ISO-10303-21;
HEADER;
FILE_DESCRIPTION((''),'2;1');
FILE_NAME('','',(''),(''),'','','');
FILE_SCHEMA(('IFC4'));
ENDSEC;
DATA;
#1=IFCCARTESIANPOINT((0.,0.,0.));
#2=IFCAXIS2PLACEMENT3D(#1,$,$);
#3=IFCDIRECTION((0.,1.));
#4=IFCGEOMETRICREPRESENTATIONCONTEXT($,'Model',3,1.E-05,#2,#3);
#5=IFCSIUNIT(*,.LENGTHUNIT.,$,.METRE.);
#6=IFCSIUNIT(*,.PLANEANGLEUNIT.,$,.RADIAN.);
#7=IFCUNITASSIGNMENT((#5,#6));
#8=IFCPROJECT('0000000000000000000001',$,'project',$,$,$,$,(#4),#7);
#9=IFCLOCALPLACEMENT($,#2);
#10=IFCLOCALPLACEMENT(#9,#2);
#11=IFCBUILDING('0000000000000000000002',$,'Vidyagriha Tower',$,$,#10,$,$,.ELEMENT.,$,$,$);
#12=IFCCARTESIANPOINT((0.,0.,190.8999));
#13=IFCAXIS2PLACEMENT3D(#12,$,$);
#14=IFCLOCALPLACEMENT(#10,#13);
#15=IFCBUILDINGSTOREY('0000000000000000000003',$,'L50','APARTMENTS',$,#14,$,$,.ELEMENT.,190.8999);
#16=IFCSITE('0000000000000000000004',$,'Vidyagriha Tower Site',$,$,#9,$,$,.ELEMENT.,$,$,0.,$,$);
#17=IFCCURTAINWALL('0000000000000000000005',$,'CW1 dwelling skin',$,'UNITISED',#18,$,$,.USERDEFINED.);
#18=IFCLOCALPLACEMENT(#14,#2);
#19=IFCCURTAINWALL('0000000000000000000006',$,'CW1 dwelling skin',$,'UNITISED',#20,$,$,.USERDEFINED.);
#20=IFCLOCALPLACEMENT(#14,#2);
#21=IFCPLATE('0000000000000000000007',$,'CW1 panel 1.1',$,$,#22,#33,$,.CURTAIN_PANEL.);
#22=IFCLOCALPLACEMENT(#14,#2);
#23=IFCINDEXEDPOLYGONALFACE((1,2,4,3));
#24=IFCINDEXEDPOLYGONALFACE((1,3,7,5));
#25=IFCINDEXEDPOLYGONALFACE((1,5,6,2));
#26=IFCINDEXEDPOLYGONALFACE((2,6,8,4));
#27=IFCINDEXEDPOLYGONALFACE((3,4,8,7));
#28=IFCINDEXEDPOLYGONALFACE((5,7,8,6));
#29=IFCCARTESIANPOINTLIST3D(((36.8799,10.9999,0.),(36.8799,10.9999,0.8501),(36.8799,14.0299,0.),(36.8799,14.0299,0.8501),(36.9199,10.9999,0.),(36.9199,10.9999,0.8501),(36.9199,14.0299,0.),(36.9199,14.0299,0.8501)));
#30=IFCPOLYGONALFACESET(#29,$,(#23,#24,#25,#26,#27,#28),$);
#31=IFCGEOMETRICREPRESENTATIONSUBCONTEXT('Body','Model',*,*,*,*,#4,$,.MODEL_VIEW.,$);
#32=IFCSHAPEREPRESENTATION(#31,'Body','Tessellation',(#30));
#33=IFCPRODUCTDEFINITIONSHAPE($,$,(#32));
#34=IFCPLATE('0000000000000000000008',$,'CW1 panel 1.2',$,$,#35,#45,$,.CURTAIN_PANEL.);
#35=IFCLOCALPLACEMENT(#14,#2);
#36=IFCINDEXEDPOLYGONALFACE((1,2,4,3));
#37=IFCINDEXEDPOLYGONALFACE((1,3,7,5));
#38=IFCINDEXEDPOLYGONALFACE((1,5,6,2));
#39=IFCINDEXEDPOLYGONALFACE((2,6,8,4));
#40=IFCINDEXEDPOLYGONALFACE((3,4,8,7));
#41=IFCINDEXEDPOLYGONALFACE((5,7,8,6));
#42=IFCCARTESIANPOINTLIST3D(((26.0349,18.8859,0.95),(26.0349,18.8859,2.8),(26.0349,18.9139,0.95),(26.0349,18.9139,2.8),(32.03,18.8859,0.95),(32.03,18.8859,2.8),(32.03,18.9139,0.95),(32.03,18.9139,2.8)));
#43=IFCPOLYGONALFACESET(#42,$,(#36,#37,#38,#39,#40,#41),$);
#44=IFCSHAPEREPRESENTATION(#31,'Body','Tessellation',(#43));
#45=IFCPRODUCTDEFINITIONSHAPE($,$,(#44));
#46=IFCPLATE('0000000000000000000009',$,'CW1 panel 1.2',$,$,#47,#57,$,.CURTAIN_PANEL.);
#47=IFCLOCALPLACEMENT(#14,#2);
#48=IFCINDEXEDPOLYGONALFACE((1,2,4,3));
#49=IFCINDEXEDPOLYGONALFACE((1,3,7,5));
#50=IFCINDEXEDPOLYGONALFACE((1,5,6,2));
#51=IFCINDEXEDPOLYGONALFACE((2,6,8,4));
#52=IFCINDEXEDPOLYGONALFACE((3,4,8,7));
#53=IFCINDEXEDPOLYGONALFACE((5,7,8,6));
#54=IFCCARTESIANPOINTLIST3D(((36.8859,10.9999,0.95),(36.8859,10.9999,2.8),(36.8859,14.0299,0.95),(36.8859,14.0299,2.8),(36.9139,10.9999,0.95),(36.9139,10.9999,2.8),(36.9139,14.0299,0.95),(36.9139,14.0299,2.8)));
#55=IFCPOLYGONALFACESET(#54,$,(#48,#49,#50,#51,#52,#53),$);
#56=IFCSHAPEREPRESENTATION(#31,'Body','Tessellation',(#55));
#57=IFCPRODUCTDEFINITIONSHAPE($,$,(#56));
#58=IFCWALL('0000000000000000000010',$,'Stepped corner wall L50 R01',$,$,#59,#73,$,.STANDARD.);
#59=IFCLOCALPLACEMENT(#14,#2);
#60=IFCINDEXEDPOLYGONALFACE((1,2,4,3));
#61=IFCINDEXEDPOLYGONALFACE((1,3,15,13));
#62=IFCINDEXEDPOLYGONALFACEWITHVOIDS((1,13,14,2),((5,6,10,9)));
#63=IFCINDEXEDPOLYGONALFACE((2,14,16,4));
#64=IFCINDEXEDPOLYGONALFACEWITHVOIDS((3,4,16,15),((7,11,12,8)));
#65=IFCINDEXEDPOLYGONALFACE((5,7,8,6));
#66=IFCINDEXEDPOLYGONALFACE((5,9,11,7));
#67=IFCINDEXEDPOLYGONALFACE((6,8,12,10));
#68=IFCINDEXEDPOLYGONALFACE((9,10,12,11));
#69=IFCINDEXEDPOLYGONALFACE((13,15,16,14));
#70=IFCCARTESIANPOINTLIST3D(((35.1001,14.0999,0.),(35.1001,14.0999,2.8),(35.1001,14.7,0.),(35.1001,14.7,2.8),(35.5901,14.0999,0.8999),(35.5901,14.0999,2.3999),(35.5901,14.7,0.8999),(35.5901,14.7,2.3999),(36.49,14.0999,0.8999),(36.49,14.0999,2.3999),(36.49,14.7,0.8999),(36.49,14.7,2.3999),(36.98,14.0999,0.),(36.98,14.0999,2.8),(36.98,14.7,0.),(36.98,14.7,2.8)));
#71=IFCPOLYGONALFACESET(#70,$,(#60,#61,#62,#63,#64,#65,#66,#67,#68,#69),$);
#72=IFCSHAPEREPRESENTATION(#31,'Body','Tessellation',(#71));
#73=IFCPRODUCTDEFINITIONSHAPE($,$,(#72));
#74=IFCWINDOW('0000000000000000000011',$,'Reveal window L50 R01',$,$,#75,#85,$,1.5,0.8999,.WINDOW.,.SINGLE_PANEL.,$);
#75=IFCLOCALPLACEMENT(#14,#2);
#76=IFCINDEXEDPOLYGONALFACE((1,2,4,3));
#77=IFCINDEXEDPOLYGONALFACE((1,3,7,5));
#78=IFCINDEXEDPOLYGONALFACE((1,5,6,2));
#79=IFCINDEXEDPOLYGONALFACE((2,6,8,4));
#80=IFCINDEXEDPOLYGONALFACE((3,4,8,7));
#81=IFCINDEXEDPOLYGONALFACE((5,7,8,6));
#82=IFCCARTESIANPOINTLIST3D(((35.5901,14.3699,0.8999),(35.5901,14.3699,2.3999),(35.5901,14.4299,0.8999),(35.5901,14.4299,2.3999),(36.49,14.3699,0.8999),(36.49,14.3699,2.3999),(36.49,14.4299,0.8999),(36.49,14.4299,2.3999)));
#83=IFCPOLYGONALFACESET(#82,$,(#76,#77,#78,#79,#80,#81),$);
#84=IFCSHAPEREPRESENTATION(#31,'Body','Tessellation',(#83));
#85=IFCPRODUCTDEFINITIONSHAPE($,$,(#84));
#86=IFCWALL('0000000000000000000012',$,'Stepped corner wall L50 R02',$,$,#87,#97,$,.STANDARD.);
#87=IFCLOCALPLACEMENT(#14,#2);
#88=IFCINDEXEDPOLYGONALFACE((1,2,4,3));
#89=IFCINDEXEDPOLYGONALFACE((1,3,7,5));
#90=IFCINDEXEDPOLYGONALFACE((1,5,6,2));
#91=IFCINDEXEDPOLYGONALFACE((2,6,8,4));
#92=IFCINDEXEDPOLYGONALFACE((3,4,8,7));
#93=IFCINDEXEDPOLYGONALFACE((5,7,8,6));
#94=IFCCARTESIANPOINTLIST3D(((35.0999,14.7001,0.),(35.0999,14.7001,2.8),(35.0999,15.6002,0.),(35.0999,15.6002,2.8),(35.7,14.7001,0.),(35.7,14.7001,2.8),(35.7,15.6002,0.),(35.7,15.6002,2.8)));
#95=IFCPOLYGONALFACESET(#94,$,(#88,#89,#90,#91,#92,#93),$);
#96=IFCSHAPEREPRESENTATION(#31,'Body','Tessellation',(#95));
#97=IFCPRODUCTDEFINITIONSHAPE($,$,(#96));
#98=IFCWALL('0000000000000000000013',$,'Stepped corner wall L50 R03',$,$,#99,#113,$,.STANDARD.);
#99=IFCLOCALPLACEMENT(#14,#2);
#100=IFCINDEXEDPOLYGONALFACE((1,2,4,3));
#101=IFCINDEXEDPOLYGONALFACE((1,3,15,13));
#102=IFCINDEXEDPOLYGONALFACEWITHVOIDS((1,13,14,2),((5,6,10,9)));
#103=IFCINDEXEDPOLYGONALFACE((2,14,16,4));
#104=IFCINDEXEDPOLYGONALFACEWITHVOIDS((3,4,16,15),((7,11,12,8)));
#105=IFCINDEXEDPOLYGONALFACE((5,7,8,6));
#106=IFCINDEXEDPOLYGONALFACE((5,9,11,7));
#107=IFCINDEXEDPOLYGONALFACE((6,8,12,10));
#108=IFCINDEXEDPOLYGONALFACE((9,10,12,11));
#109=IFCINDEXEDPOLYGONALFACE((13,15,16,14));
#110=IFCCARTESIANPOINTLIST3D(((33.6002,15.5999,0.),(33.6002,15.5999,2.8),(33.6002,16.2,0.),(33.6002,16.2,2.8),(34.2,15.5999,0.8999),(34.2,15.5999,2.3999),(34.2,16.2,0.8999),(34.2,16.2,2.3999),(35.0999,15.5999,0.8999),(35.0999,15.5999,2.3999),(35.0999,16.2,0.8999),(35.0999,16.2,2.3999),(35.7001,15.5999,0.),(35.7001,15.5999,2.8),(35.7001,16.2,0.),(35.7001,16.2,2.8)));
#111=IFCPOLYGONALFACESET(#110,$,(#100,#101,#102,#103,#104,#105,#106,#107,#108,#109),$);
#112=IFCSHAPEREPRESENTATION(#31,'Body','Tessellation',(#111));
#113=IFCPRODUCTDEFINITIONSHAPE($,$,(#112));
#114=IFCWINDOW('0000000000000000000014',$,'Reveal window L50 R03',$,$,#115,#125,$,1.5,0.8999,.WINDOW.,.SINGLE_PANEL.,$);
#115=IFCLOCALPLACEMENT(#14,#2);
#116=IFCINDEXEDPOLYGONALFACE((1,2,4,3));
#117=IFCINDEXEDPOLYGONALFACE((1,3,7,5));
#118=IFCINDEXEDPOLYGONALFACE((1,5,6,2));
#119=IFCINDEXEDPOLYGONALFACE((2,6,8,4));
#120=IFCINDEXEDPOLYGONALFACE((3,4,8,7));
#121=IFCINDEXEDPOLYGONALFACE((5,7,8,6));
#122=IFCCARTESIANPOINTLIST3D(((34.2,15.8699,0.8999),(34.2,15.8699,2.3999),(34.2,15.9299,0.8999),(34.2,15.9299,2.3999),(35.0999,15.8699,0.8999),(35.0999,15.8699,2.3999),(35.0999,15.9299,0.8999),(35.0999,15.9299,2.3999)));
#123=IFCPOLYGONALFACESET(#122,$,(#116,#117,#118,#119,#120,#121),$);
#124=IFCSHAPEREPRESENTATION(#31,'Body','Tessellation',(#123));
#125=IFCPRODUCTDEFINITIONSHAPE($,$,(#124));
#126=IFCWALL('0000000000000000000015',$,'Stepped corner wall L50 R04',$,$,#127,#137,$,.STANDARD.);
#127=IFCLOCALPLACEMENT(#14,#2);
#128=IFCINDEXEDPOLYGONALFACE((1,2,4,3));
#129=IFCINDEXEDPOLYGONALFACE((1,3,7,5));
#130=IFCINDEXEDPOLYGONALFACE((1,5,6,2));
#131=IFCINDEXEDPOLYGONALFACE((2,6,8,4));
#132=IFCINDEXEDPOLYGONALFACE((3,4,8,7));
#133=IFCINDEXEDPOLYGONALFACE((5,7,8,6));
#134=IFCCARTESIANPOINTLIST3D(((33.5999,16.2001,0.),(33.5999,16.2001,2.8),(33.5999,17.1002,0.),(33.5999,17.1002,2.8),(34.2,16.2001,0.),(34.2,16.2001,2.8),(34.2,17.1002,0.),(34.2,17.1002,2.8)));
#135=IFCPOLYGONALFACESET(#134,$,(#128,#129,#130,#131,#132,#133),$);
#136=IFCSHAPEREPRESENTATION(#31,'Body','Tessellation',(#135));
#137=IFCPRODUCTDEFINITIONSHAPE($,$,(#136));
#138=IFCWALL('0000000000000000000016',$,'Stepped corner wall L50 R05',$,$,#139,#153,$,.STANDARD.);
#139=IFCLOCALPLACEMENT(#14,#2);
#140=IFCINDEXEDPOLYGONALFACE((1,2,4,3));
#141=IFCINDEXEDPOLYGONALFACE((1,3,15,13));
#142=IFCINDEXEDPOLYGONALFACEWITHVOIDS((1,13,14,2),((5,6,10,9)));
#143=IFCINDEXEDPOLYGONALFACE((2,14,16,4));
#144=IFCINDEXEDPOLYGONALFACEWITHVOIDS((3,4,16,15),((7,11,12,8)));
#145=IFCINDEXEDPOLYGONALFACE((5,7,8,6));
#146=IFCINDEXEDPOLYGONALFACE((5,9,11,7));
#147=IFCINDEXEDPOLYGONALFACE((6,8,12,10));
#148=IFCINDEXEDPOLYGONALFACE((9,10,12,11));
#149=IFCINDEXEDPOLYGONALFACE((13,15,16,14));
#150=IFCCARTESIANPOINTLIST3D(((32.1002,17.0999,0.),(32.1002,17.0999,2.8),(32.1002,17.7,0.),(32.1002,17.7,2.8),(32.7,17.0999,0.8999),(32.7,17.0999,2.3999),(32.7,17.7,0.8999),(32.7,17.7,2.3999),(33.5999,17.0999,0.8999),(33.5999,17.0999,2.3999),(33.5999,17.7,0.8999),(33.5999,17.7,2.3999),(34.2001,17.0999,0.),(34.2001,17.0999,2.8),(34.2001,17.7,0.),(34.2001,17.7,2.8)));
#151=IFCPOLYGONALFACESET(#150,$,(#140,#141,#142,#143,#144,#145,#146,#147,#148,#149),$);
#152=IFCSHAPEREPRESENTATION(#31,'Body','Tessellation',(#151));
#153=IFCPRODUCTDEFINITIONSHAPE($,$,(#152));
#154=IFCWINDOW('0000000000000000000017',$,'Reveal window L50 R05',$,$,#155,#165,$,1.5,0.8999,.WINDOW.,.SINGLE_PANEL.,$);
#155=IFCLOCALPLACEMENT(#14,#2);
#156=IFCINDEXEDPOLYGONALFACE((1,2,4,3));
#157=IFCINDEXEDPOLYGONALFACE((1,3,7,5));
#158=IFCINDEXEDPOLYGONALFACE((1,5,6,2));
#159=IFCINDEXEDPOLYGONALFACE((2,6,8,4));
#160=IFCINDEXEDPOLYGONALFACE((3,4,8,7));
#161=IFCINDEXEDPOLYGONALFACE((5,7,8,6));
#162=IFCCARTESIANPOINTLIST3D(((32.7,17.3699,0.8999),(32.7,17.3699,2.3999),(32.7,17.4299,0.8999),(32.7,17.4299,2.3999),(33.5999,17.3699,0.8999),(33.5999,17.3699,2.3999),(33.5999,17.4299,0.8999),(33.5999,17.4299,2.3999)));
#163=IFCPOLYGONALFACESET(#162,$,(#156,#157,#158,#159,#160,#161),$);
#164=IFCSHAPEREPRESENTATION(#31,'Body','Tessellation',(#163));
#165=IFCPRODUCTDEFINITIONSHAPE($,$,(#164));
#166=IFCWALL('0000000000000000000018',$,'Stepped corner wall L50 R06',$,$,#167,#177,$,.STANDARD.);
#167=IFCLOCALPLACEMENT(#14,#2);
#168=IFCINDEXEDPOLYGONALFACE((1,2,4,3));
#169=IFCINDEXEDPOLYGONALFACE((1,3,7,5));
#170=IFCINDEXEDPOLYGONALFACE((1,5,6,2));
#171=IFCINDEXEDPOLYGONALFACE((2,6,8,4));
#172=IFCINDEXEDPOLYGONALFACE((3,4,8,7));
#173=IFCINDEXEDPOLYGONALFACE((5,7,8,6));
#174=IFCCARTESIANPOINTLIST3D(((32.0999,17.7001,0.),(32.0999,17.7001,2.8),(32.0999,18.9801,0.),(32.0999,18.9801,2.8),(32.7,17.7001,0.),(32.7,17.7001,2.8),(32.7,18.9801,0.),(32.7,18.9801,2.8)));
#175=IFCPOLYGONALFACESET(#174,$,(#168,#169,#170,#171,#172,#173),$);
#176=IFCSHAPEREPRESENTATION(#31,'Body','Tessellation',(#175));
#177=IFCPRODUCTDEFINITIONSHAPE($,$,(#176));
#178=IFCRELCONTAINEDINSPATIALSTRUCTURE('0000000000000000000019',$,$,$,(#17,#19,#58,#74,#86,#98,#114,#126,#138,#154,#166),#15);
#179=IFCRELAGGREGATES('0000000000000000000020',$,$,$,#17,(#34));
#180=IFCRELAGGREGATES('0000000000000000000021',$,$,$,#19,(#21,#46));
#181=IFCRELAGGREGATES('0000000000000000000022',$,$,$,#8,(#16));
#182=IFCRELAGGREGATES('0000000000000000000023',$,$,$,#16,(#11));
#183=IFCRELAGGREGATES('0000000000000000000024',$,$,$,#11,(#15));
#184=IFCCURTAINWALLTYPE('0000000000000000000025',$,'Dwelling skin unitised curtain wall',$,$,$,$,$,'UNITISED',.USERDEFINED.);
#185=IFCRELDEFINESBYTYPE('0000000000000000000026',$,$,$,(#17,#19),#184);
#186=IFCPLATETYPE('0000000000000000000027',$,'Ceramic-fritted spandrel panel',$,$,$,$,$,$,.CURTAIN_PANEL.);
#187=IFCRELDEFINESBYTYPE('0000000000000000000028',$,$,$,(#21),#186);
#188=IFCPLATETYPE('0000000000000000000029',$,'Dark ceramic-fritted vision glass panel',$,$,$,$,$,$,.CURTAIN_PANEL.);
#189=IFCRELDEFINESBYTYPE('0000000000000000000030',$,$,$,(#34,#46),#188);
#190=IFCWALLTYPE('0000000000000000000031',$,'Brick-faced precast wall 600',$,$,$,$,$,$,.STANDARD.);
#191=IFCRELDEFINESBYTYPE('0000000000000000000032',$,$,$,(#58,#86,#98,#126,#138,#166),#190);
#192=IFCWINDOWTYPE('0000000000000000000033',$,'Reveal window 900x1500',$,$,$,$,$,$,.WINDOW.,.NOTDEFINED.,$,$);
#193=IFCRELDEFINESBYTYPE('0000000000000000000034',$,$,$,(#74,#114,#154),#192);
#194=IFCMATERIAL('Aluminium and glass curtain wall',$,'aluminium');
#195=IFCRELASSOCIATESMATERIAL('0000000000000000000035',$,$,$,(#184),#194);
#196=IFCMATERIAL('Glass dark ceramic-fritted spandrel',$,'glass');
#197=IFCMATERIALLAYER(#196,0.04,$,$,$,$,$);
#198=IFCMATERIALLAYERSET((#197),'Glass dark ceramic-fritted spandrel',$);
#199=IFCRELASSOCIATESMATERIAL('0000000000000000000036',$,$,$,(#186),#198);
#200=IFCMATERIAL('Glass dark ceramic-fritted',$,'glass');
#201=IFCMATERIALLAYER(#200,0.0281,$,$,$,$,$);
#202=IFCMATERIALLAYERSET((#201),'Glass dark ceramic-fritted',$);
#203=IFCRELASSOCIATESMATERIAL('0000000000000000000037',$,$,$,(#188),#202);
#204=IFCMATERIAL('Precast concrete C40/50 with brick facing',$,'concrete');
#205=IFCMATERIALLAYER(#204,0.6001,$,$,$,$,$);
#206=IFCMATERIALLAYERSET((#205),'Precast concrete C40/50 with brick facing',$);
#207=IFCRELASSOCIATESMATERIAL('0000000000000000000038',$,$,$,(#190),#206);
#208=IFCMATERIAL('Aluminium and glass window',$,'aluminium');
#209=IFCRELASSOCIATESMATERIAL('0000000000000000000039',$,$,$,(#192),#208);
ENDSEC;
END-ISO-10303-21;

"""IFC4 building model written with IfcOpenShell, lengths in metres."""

from ifc_helpers import new_model, si_unit, direction, frame, frame_2d, origin, origin_2d, place, context, subcontext, project, spatial, rectangle, extrude, material, layer, layer_set, type_object, element, fill, aggregate, save


model = new_model("IFC4")

# Units and contexts
model_context = context("Model", 3, precision=1e-05, world=origin(), true_north=direction((0.0, 1.0)))
body_context = subcontext(model_context, "Body", "Model", "MODEL_VIEW")
ifc_project = project(units=[si_unit("LENGTHUNIT", "METRE"), si_unit("PLANEANGLEUNIT", "RADIAN")], contexts=[model_context])

# Site, building, storey
site_placement = place(None, origin())
site = spatial("IfcSite", under=ifc_project, at=site_placement, Name="Vidyagriha Tower Site", CompositionType="ELEMENT", RefElevation=0.0)
building_placement = place(site_placement, origin())
building = spatial("IfcBuilding", under=site, at=building_placement, Name="Vidyagriha Tower", CompositionType="ELEMENT")
storey_placement = place(building_placement, frame((0.0, 0.0, 190.8999)))
storey = spatial("IfcBuildingStorey", under=building, at=storey_placement, Name="L50", Description="APARTMENTS", CompositionType="ELEMENT", Elevation=190.8999)

# Curtain wall
ifc_material_1 = material(Name="Aluminium and glass curtain wall", Category="aluminium")
curtain_wall_type = type_object("IfcCurtainWallType", Name="Dwelling skin unitised curtain wall", ElementType="UNITISED", PredefinedType="USERDEFINED", material=ifc_material_1)
curtain_wall_1_placement = place(storey_placement, origin())
curtain_wall_1 = element("IfcCurtainWall", 1, at=curtain_wall_1_placement, inside=storey, type_object=curtain_wall_type, Name="CW1 dwelling skin", ObjectType="UNITISED", PredefinedType="USERDEFINED")

# Curtain wall
curtain_wall_2_placement = place(storey_placement, origin())
curtain_wall_2 = element("IfcCurtainWall", 2, at=curtain_wall_2_placement, inside=storey, type_object=curtain_wall_type, Name="CW1 dwelling skin", ObjectType="UNITISED", PredefinedType="USERDEFINED")

# Plates
ifc_material_2 = material(Name="Glass dark ceramic-fritted spandrel", Category="glass")
ifc_layer_1 = layer(ifc_material_2, 0.04)
ifc_layer_set_1 = layer_set([ifc_layer_1], Name="Glass dark ceramic-fritted spandrel")
plate_type_1 = type_object("IfcPlateType", Name="Ceramic-fritted spandrel panel", PredefinedType="CURTAIN_PANEL", material=ifc_layer_set_1)
plate_1_placement = place(storey_placement, frame((36.8999, 12.5149, 0.0), z_axis=(0.0, 0.0, 1.0), x_axis=(0.0, 1.0, 0.0)))
plate_1 = element("IfcPlate", 3, at=plate_1_placement, type_object=plate_type_1, Name="CW1 panel 1.1", PredefinedType="CURTAIN_PANEL", context=body_context, shape_type="SweptSolid", body=[
    extrude(rectangle(XDim=3.03, YDim=0.04, at=origin_2d()), origin(), (0.0, 0.0, 1.0), 0.8501),
])
ifc_material_3 = material(Name="Glass dark ceramic-fritted", Category="glass")
ifc_layer_2 = layer(ifc_material_3, 0.0281)
ifc_layer_set_2 = layer_set([ifc_layer_2], Name="Glass dark ceramic-fritted")
plate_type_2 = type_object("IfcPlateType", Name="Dark ceramic-fritted vision glass panel", PredefinedType="CURTAIN_PANEL", material=ifc_layer_set_2)
plate_2_placement = place(storey_placement, frame((29.0325, 18.8999, 0.95), z_axis=(0.0, 0.0, 1.0), x_axis=(-1.0, 0.0, 0.0)))
plate_2 = element("IfcPlate", 4, at=plate_2_placement, type_object=plate_type_2, Name="CW1 panel 1.2", PredefinedType="CURTAIN_PANEL", context=body_context, shape_type="SweptSolid", body=[
    extrude(rectangle(XDim=5.9951, YDim=0.0281, at=origin_2d()), origin(), (0.0, 0.0, 1.0), 1.8501),
])
aggregate(curtain_wall_1, [plate_2])
plate_3_placement = place(storey_placement, frame((36.8999, 12.5149, 0.95), z_axis=(0.0, 0.0, 1.0), x_axis=(0.0, 1.0, 0.0)))
plate_3 = element("IfcPlate", 5, at=plate_3_placement, type_object=plate_type_2, Name="CW1 panel 1.2", PredefinedType="CURTAIN_PANEL", context=body_context, shape_type="SweptSolid", body=[
    extrude(rectangle(XDim=3.03, YDim=0.0281, at=origin_2d()), origin(), (0.0, 0.0, 1.0), 1.8501),
])
aggregate(curtain_wall_2, [plate_1, plate_3])

# Wall, opening, window
ifc_material_4 = material(Name="Precast concrete C40/50 with brick facing", Category="concrete")
ifc_layer_3 = layer(ifc_material_4, 0.6001)
ifc_layer_set_3 = layer_set([ifc_layer_3], Name="Precast concrete C40/50 with brick facing")
wall_type_1 = type_object("IfcWallType", Name="Brick-faced precast wall 600", PredefinedType="STANDARD", material=ifc_layer_set_3)
wall_1_placement = place(storey_placement, frame((36.98, 14.3999, 0.0), z_axis=(0.0, 0.0, 1.0), x_axis=(-1.0, 0.0, 0.0)))
wall_1 = element("IfcWall", 6, at=wall_1_placement, inside=storey, type_object=wall_type_1, Name="Stepped corner wall L50 R01", PredefinedType="STANDARD", context=body_context, shape_type="SweptSolid", body=[
    extrude(rectangle(XDim=1.8799, YDim=0.6001, at=frame_2d((0.9399, 0.0))), origin(), (0.0, 0.0, 1.0), 2.8),
])
opening_1_placement = place(wall_1_placement, frame((0.49, 0.0, 0.8999)))
opening_1 = element("IfcOpeningElement", 7, at=opening_1_placement, cuts=wall_1, PredefinedType="OPENING", context=body_context, shape_type="SweptSolid", body=[
    extrude(rectangle(XDim=0.8999, YDim=1.5, at=frame_2d((0.45, 0.75))), frame((0.0, 0.3101, 0.0), z_axis=(0.0, -1.0, 0.0), x_axis=(1.0, 0.0, 0.0)), (0.0, 0.0, 1.0), 0.6201),
])
ifc_material_5 = material(Name="Aluminium and glass window", Category="aluminium")
window_type = type_object("IfcWindowType", Name="Reveal window 900x1500", PartitioningType="NOTDEFINED", PredefinedType="WINDOW", material=ifc_material_5)
window_1_placement = place(opening_1_placement, origin())
window_1 = element("IfcWindow", 8, at=window_1_placement, inside=storey, type_object=window_type, Name="Reveal window L50 R01", OverallHeight=1.5, OverallWidth=0.8999, PartitioningType="SINGLE_PANEL", PredefinedType="WINDOW", context=body_context, shape_type="SweptSolid", body=[
    extrude(rectangle(XDim=0.8999, YDim=1.5, at=frame_2d((0.45, 0.75))), frame((0.0, 0.03, 0.0), z_axis=(0.0, -1.0, 0.0), x_axis=(1.0, 0.0, 0.0)), (0.0, 0.0, 1.0), 0.0601),
])
fill(opening_1, window_1)

# Wall
wall_2_placement = place(storey_placement, frame((35.3999, 14.7, 0.0), z_axis=(0.0, 0.0, 1.0), x_axis=(0.0, 1.0, 0.0)))
element("IfcWall", 9, at=wall_2_placement, inside=storey, type_object=wall_type_1, Name="Stepped corner wall L50 R02", PredefinedType="STANDARD", context=body_context, shape_type="SweptSolid", body=[
    extrude(rectangle(XDim=0.9001, YDim=0.6001, at=frame_2d((0.4502, 0.0))), origin(), (0.0, 0.0, 1.0), 2.8),
])

# Wall, opening, window
wall_3_placement = place(storey_placement, frame((35.7, 15.8999, 0.0), z_axis=(0.0, 0.0, 1.0), x_axis=(-1.0, 0.0, 0.0)))
wall_3 = element("IfcWall", 10, at=wall_3_placement, inside=storey, type_object=wall_type_1, Name="Stepped corner wall L50 R03", PredefinedType="STANDARD", context=body_context, shape_type="SweptSolid", body=[
    extrude(rectangle(XDim=2.0999, YDim=0.6001, at=frame_2d((1.0498, 0.0))), origin(), (0.0, 0.0, 1.0), 2.8),
])
opening_2_placement = place(wall_3_placement, frame((0.6001, 0.0, 0.8999)))
opening_2 = element("IfcOpeningElement", 11, at=opening_2_placement, cuts=wall_3, PredefinedType="OPENING", context=body_context, shape_type="SweptSolid", body=[
    extrude(rectangle(XDim=0.8999, YDim=1.5, at=frame_2d((0.45, 0.75))), frame((0.0, 0.3101, 0.0), z_axis=(0.0, -1.0, 0.0), x_axis=(1.0, 0.0, 0.0)), (0.0, 0.0, 1.0), 0.6201),
])
window_2_placement = place(opening_2_placement, origin())
window_2 = element("IfcWindow", 12, at=window_2_placement, inside=storey, type_object=window_type, Name="Reveal window L50 R03", OverallHeight=1.5, OverallWidth=0.8999, PartitioningType="SINGLE_PANEL", PredefinedType="WINDOW", context=body_context, shape_type="SweptSolid", body=[
    extrude(rectangle(XDim=0.8999, YDim=1.5, at=frame_2d((0.45, 0.75))), frame((0.0, 0.03, 0.0), z_axis=(0.0, -1.0, 0.0), x_axis=(1.0, 0.0, 0.0)), (0.0, 0.0, 1.0), 0.0601),
])
fill(opening_2, window_2)

# Wall
wall_4_placement = place(storey_placement, frame((33.8999, 16.2, 0.0), z_axis=(0.0, 0.0, 1.0), x_axis=(0.0, 1.0, 0.0)))
element("IfcWall", 13, at=wall_4_placement, inside=storey, type_object=wall_type_1, Name="Stepped corner wall L50 R04", PredefinedType="STANDARD", context=body_context, shape_type="SweptSolid", body=[
    extrude(rectangle(XDim=0.9001, YDim=0.6001, at=frame_2d((0.4502, 0.0))), origin(), (0.0, 0.0, 1.0), 2.8),
])

# Wall, opening, window
wall_5_placement = place(storey_placement, frame((34.2, 17.3999, 0.0), z_axis=(0.0, 0.0, 1.0), x_axis=(-1.0, 0.0, 0.0)))
wall_5 = element("IfcWall", 14, at=wall_5_placement, inside=storey, type_object=wall_type_1, Name="Stepped corner wall L50 R05", PredefinedType="STANDARD", context=body_context, shape_type="SweptSolid", body=[
    extrude(rectangle(XDim=2.0999, YDim=0.6001, at=frame_2d((1.0498, 0.0))), origin(), (0.0, 0.0, 1.0), 2.8),
])
opening_3_placement = place(wall_5_placement, frame((0.6001, 0.0, 0.8999)))
opening_3 = element("IfcOpeningElement", 15, at=opening_3_placement, cuts=wall_5, PredefinedType="OPENING", context=body_context, shape_type="SweptSolid", body=[
    extrude(rectangle(XDim=0.8999, YDim=1.5, at=frame_2d((0.45, 0.75))), frame((0.0, 0.3101, 0.0), z_axis=(0.0, -1.0, 0.0), x_axis=(1.0, 0.0, 0.0)), (0.0, 0.0, 1.0), 0.6201),
])
window_3_placement = place(opening_3_placement, origin())
window_3 = element("IfcWindow", 16, at=window_3_placement, inside=storey, type_object=window_type, Name="Reveal window L50 R05", OverallHeight=1.5, OverallWidth=0.8999, PartitioningType="SINGLE_PANEL", PredefinedType="WINDOW", context=body_context, shape_type="SweptSolid", body=[
    extrude(rectangle(XDim=0.8999, YDim=1.5, at=frame_2d((0.45, 0.75))), frame((0.0, 0.03, 0.0), z_axis=(0.0, -1.0, 0.0), x_axis=(1.0, 0.0, 0.0)), (0.0, 0.0, 1.0), 0.0601),
])
fill(opening_3, window_3)

# Wall
wall_6_placement = place(storey_placement, frame((32.3999, 17.7, 0.0), z_axis=(0.0, 0.0, 1.0), x_axis=(0.0, 1.0, 0.0)))
element("IfcWall", 17, at=wall_6_placement, inside=storey, type_object=wall_type_1, Name="Stepped corner wall L50 R06", PredefinedType="STANDARD", context=body_context, shape_type="SweptSolid", body=[
    extrude(rectangle(XDim=1.28, YDim=0.6001, at=frame_2d((0.6401, 0.0))), origin(), (0.0, 0.0, 1.0), 2.8),
])

save(model, "model.ifc")
